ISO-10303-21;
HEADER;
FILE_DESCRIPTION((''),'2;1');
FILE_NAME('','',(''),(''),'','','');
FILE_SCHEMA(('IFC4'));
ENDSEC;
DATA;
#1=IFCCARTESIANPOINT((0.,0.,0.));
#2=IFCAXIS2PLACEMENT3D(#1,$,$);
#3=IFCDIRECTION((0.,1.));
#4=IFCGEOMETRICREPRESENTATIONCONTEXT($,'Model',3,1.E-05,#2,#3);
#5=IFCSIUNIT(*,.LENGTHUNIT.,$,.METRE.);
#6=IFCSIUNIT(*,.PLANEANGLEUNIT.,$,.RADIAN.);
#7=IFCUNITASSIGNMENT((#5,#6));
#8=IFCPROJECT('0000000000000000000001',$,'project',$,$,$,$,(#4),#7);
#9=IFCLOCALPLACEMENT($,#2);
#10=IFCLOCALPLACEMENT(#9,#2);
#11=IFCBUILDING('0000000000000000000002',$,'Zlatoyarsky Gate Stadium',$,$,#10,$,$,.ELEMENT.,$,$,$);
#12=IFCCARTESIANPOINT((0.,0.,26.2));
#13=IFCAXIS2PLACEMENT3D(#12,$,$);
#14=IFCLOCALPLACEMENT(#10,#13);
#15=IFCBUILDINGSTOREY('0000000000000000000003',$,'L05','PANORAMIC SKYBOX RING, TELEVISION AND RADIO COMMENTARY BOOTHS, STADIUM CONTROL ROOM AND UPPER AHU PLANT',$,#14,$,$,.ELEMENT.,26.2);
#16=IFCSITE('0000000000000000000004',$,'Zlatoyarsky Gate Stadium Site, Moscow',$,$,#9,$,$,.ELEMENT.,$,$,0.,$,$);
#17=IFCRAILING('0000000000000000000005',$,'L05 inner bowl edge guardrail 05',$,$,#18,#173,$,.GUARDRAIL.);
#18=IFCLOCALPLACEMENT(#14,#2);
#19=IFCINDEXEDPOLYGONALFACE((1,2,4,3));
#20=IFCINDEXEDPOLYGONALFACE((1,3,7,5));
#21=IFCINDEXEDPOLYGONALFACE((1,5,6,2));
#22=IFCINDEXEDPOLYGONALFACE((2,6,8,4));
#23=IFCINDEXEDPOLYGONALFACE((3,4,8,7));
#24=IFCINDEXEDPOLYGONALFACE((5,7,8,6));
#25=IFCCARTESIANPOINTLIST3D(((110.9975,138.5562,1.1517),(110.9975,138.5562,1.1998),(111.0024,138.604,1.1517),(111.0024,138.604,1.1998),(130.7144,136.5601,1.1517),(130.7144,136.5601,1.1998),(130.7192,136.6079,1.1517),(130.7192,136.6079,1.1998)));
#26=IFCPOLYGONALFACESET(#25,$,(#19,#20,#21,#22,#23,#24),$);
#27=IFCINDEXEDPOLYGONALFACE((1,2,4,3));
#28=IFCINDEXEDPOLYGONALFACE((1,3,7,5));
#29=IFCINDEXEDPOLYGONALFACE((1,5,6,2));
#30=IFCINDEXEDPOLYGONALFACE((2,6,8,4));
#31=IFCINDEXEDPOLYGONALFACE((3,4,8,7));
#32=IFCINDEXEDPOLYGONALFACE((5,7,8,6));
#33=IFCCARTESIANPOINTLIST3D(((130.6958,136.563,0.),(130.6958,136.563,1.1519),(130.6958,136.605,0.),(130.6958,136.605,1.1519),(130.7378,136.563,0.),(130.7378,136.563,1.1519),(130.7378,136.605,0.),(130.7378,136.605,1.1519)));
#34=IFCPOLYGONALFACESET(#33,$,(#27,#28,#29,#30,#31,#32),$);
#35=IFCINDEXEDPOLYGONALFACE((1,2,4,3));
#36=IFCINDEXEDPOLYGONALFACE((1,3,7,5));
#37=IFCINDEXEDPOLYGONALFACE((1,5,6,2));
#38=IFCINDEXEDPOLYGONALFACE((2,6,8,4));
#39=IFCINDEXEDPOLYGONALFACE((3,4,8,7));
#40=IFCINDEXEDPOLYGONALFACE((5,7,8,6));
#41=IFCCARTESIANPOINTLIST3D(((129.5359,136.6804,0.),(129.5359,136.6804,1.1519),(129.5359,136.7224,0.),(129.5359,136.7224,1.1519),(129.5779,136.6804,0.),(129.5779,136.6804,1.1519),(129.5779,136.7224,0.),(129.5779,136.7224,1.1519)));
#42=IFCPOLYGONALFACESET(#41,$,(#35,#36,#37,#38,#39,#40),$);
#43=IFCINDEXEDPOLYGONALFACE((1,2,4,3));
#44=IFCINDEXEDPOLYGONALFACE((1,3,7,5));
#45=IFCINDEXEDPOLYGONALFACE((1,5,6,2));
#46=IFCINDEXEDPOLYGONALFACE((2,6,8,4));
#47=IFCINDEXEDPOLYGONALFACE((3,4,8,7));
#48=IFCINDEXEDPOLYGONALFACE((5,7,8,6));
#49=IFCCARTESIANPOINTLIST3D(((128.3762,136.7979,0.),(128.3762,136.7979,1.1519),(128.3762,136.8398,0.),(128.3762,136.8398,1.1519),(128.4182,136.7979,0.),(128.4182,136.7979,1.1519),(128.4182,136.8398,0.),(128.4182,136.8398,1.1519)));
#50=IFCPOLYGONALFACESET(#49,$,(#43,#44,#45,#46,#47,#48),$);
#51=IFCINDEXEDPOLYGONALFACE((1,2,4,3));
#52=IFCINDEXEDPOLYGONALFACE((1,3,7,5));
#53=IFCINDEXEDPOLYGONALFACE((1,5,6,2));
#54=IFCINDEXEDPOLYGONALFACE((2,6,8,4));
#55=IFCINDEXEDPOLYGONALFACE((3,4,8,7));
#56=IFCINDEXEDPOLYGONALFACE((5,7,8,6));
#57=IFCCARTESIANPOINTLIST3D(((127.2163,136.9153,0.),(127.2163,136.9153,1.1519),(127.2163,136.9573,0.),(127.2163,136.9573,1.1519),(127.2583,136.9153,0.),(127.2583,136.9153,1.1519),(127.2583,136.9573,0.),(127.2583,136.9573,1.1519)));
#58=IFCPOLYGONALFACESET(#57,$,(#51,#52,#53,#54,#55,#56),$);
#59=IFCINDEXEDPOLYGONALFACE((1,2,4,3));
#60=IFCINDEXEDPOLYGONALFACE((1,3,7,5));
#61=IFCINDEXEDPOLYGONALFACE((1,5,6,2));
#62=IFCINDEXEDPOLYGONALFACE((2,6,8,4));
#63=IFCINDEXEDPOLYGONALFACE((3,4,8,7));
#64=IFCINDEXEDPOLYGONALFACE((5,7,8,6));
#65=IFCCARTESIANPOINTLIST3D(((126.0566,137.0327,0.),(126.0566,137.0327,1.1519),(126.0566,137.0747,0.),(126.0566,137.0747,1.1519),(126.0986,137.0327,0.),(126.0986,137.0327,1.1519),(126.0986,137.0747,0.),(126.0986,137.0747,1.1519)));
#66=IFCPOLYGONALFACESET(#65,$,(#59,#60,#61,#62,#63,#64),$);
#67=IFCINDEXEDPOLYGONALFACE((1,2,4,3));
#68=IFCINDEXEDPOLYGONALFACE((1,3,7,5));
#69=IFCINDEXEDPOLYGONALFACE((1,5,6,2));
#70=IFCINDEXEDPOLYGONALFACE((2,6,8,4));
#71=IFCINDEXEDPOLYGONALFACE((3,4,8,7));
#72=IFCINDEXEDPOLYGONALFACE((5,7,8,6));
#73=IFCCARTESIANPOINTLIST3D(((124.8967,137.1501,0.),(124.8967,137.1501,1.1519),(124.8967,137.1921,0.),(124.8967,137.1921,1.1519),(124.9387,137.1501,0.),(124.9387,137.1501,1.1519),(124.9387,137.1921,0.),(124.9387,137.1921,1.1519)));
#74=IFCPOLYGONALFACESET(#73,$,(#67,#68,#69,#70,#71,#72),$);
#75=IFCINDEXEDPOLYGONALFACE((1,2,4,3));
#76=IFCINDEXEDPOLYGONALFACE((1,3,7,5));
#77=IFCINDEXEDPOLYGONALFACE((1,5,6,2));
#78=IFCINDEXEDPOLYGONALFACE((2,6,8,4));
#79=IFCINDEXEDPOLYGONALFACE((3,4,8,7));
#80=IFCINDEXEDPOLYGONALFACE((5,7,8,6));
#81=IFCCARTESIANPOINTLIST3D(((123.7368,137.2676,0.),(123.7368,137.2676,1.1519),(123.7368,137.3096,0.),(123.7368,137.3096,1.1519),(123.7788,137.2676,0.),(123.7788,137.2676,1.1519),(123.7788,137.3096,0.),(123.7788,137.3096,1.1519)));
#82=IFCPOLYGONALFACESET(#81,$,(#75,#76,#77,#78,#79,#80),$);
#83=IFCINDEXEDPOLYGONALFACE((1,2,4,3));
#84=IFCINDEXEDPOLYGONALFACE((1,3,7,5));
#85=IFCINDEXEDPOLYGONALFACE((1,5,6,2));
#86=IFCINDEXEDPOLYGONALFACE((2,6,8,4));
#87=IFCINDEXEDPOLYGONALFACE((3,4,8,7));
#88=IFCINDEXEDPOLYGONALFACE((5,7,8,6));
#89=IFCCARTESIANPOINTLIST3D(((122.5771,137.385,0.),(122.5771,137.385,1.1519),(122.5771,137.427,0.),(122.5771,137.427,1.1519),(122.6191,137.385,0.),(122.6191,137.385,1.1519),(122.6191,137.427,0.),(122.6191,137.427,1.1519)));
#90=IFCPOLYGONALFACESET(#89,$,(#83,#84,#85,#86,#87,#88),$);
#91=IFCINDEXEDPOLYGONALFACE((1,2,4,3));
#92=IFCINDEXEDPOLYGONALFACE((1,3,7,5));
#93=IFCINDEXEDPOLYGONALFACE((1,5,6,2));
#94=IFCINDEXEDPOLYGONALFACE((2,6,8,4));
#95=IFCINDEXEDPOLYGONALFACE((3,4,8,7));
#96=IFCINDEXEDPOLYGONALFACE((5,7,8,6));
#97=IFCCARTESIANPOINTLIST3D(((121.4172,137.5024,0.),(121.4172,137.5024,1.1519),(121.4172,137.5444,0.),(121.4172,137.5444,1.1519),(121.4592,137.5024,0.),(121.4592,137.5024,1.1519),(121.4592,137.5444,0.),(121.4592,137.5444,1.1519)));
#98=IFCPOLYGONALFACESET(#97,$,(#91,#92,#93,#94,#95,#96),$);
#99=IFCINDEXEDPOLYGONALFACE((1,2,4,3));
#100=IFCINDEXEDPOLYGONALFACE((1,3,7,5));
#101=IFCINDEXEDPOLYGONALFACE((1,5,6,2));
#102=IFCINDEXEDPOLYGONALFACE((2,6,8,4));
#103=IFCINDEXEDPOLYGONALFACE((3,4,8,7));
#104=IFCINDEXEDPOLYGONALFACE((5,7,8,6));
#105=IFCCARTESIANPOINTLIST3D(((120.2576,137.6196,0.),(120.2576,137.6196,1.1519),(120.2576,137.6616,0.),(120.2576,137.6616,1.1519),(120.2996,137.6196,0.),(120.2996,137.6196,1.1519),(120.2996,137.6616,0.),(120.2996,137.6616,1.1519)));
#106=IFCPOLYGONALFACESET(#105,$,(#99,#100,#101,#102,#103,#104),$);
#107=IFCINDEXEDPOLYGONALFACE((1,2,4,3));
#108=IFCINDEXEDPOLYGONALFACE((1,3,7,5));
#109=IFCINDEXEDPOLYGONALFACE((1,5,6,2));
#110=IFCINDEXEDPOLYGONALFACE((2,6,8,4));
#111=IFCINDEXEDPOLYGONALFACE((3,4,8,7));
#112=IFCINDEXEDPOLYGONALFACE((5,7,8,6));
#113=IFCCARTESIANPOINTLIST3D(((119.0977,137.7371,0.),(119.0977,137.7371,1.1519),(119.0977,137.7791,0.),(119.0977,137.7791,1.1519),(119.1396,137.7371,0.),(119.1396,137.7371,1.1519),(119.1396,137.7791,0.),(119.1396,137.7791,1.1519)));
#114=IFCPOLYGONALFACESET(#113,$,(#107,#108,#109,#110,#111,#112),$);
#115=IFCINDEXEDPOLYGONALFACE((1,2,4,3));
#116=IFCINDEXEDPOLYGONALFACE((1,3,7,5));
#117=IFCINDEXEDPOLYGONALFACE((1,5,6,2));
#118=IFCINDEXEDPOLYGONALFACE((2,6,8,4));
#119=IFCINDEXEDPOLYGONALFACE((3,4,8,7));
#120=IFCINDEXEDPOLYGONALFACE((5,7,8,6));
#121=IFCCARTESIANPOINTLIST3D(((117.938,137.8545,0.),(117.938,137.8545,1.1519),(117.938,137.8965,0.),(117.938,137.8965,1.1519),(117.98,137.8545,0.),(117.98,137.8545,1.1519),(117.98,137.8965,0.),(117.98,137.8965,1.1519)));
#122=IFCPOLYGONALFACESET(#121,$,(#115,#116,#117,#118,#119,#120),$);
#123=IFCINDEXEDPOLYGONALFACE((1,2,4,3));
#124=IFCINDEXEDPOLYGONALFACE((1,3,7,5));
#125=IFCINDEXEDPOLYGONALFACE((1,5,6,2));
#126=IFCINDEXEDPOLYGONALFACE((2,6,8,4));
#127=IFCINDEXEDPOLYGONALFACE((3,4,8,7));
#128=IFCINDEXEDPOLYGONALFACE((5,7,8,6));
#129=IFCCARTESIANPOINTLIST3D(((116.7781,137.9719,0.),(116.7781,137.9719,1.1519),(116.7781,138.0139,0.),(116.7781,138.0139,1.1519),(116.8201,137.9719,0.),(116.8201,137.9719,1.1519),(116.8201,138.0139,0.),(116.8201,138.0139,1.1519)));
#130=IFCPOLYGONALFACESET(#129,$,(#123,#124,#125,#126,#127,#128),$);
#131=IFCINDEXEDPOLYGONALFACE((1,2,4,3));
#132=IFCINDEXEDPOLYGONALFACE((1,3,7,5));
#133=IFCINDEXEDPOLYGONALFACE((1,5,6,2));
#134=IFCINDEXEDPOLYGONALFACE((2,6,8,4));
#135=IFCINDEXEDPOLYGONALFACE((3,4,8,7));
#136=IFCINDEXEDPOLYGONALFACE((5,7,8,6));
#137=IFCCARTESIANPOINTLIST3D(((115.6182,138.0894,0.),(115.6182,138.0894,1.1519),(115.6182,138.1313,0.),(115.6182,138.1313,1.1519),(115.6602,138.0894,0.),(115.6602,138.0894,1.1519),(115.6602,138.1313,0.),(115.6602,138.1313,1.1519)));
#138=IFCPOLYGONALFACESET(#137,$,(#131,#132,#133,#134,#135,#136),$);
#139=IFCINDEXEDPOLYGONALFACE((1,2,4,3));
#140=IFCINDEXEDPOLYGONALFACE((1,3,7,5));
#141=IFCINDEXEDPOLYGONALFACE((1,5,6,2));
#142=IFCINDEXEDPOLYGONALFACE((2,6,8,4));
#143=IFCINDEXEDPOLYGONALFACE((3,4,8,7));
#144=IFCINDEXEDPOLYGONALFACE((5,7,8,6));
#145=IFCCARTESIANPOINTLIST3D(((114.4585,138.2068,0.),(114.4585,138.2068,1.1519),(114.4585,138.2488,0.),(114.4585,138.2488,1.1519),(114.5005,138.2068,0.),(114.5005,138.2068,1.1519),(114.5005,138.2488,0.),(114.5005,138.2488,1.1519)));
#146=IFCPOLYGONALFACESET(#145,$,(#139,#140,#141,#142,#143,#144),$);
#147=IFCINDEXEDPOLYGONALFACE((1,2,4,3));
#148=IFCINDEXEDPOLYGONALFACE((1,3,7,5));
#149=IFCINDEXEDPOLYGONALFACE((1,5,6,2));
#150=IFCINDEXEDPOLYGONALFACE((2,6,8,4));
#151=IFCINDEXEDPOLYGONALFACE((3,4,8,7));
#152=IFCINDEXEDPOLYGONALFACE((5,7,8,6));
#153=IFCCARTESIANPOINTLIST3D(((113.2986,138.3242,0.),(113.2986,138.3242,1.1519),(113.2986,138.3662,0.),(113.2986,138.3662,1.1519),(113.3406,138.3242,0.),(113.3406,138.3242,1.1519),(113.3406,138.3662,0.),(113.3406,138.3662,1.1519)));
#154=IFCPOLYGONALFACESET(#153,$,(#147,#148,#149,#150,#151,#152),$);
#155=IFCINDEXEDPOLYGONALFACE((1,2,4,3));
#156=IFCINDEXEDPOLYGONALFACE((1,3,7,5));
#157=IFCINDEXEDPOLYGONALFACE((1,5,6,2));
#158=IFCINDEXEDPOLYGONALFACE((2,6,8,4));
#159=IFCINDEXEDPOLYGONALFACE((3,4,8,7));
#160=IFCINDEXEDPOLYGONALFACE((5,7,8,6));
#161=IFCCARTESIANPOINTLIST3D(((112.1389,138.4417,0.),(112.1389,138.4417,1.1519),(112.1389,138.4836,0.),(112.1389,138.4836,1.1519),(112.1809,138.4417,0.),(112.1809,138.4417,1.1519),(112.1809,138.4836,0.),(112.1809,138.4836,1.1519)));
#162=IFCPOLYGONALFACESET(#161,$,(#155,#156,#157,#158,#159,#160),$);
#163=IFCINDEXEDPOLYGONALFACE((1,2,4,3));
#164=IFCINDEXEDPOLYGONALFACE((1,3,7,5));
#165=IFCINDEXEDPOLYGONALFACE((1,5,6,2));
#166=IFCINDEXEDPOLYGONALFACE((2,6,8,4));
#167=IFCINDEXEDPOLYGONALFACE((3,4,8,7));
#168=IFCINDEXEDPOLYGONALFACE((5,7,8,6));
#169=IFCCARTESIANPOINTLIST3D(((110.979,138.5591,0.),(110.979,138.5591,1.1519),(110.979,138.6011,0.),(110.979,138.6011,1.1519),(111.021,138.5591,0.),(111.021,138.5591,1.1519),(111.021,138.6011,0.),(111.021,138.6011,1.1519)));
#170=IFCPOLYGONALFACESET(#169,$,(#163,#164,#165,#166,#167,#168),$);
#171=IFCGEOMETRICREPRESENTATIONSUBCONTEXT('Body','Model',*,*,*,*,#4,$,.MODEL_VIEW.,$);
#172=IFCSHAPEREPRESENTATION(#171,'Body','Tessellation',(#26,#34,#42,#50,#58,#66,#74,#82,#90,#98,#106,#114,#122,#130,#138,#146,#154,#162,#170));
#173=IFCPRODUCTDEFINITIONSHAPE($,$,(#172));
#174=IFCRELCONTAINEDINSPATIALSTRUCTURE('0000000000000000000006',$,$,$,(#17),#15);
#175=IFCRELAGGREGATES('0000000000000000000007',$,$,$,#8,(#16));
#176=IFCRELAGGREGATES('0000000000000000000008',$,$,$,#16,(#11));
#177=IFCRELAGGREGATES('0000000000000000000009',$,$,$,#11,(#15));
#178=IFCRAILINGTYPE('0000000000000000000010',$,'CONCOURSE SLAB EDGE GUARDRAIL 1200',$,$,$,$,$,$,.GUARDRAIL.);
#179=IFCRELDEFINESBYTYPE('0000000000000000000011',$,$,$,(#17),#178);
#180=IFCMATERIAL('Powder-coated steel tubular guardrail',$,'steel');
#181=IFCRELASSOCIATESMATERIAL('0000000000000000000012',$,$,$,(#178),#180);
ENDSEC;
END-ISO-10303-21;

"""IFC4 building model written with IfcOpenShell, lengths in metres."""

from ifc_helpers import new_model, si_unit, direction, frame, origin, origin_2d, place, context, subcontext, project, spatial, rectangle, extrude, material, type_object, element, save


model = new_model("IFC4")

# Units and contexts
model_context = context("Model", 3, precision=1e-05, world=origin(), true_north=direction((0.0, 1.0)))
body_context = subcontext(model_context, "Body", "Model", "MODEL_VIEW")
ifc_project = project(units=[si_unit("LENGTHUNIT", "METRE"), si_unit("PLANEANGLEUNIT", "RADIAN")], contexts=[model_context])

# Site, building, storey
site_placement = place(None, origin())
site = spatial("IfcSite", under=ifc_project, at=site_placement, Name="Zlatoyarsky Gate Stadium Site, Moscow", CompositionType="ELEMENT", RefElevation=0.0)
building_placement = place(site_placement, origin())
building = spatial("IfcBuilding", under=site, at=building_placement, Name="Zlatoyarsky Gate Stadium", CompositionType="ELEMENT")
storey_placement = place(building_placement, frame((0.0, 0.0, 26.2)))
storey = spatial("IfcBuildingStorey", under=building, at=storey_placement, Name="L05", Description="PANORAMIC SKYBOX RING, TELEVISION AND RADIO COMMENTARY BOOTHS, STADIUM CONTROL ROOM AND UPPER AHU PLANT", CompositionType="ELEMENT", Elevation=26.2)

# Railing
ifc_material_1 = material(Name="Powder-coated steel tubular guardrail", Category="steel")
railing_type = type_object("IfcRailingType", Name="CONCOURSE SLAB EDGE GUARDRAIL 1200", PredefinedType="GUARDRAIL", material=ifc_material_1)
railing_placement = place(storey_placement, frame((130.7168, 136.584, 0.0)))
element("IfcRailing", 1, at=railing_placement, inside=storey, type_object=railing_type, Name="L05 inner bowl edge guardrail 05", PredefinedType="GUARDRAIL", context=body_context, shape_type="SweptSolid", body=[
    extrude(rectangle(XDim=0.0481, YDim=0.0481, at=origin_2d()), frame((0.0, 0.0, 1.1758), z_axis=(-0.994914, 0.100723, 0.0), x_axis=(-0.100723, -0.994914, 0.0)), (0.0, 0.0, 1.0), 19.8176),
    extrude(rectangle(XDim=0.042, YDim=0.042, at=origin_2d()), origin(), (0.0, 0.0, 1.0), 1.1519),
    extrude(rectangle(XDim=0.042, YDim=0.042, at=origin_2d()), frame((-1.1599, 0.1174, 0.0)), (0.0, 0.0, 1.0), 1.1519),
    extrude(rectangle(XDim=0.042, YDim=0.042, at=origin_2d()), frame((-2.3196, 0.2349, 0.0)), (0.0, 0.0, 1.0), 1.1519),
    extrude(rectangle(XDim=0.042, YDim=0.042, at=origin_2d()), frame((-3.4795, 0.3523, 0.0)), (0.0, 0.0, 1.0), 1.1519),
    extrude(rectangle(XDim=0.042, YDim=0.042, at=origin_2d()), frame((-4.6392, 0.4697, 0.0)), (0.0, 0.0, 1.0), 1.1519),
    extrude(rectangle(XDim=0.042, YDim=0.042, at=origin_2d()), frame((-5.7991, 0.5872, 0.0)), (0.0, 0.0, 1.0), 1.1519),
    extrude(rectangle(XDim=0.042, YDim=0.042, at=origin_2d()), frame((-6.959, 0.7046, 0.0)), (0.0, 0.0, 1.0), 1.1519),
    extrude(rectangle(XDim=0.042, YDim=0.042, at=origin_2d()), frame((-8.1187, 0.822, 0.0)), (0.0, 0.0, 1.0), 1.1519),
    extrude(rectangle(XDim=0.042, YDim=0.042, at=origin_2d()), frame((-9.2786, 0.9395, 0.0)), (0.0, 0.0, 1.0), 1.1519),
    extrude(rectangle(XDim=0.042, YDim=0.042, at=origin_2d()), frame((-10.4382, 1.0566, 0.0)), (0.0, 0.0, 1.0), 1.1519),
    extrude(rectangle(XDim=0.042, YDim=0.042, at=origin_2d()), frame((-11.5981, 1.1741, 0.0)), (0.0, 0.0, 1.0), 1.1519),
    extrude(rectangle(XDim=0.042, YDim=0.042, at=origin_2d()), frame((-12.7578, 1.2915, 0.0)), (0.0, 0.0, 1.0), 1.1519),
    extrude(rectangle(XDim=0.042, YDim=0.042, at=origin_2d()), frame((-13.9177, 1.4089, 0.0)), (0.0, 0.0, 1.0), 1.1519),
    extrude(rectangle(XDim=0.042, YDim=0.042, at=origin_2d()), frame((-15.0776, 1.5264, 0.0)), (0.0, 0.0, 1.0), 1.1519),
    extrude(rectangle(XDim=0.042, YDim=0.042, at=origin_2d()), frame((-16.2373, 1.6438, 0.0)), (0.0, 0.0, 1.0), 1.1519),
    extrude(rectangle(XDim=0.042, YDim=0.042, at=origin_2d()), frame((-17.3972, 1.7612, 0.0)), (0.0, 0.0, 1.0), 1.1519),
    extrude(rectangle(XDim=0.042, YDim=0.042, at=origin_2d()), frame((-18.5569, 1.8787, 0.0)), (0.0, 0.0, 1.0), 1.1519),
    extrude(rectangle(XDim=0.042, YDim=0.042, at=origin_2d()), frame((-19.7168, 1.9961, 0.0)), (0.0, 0.0, 1.0), 1.1519),
])

save(model, "model.ifc")
